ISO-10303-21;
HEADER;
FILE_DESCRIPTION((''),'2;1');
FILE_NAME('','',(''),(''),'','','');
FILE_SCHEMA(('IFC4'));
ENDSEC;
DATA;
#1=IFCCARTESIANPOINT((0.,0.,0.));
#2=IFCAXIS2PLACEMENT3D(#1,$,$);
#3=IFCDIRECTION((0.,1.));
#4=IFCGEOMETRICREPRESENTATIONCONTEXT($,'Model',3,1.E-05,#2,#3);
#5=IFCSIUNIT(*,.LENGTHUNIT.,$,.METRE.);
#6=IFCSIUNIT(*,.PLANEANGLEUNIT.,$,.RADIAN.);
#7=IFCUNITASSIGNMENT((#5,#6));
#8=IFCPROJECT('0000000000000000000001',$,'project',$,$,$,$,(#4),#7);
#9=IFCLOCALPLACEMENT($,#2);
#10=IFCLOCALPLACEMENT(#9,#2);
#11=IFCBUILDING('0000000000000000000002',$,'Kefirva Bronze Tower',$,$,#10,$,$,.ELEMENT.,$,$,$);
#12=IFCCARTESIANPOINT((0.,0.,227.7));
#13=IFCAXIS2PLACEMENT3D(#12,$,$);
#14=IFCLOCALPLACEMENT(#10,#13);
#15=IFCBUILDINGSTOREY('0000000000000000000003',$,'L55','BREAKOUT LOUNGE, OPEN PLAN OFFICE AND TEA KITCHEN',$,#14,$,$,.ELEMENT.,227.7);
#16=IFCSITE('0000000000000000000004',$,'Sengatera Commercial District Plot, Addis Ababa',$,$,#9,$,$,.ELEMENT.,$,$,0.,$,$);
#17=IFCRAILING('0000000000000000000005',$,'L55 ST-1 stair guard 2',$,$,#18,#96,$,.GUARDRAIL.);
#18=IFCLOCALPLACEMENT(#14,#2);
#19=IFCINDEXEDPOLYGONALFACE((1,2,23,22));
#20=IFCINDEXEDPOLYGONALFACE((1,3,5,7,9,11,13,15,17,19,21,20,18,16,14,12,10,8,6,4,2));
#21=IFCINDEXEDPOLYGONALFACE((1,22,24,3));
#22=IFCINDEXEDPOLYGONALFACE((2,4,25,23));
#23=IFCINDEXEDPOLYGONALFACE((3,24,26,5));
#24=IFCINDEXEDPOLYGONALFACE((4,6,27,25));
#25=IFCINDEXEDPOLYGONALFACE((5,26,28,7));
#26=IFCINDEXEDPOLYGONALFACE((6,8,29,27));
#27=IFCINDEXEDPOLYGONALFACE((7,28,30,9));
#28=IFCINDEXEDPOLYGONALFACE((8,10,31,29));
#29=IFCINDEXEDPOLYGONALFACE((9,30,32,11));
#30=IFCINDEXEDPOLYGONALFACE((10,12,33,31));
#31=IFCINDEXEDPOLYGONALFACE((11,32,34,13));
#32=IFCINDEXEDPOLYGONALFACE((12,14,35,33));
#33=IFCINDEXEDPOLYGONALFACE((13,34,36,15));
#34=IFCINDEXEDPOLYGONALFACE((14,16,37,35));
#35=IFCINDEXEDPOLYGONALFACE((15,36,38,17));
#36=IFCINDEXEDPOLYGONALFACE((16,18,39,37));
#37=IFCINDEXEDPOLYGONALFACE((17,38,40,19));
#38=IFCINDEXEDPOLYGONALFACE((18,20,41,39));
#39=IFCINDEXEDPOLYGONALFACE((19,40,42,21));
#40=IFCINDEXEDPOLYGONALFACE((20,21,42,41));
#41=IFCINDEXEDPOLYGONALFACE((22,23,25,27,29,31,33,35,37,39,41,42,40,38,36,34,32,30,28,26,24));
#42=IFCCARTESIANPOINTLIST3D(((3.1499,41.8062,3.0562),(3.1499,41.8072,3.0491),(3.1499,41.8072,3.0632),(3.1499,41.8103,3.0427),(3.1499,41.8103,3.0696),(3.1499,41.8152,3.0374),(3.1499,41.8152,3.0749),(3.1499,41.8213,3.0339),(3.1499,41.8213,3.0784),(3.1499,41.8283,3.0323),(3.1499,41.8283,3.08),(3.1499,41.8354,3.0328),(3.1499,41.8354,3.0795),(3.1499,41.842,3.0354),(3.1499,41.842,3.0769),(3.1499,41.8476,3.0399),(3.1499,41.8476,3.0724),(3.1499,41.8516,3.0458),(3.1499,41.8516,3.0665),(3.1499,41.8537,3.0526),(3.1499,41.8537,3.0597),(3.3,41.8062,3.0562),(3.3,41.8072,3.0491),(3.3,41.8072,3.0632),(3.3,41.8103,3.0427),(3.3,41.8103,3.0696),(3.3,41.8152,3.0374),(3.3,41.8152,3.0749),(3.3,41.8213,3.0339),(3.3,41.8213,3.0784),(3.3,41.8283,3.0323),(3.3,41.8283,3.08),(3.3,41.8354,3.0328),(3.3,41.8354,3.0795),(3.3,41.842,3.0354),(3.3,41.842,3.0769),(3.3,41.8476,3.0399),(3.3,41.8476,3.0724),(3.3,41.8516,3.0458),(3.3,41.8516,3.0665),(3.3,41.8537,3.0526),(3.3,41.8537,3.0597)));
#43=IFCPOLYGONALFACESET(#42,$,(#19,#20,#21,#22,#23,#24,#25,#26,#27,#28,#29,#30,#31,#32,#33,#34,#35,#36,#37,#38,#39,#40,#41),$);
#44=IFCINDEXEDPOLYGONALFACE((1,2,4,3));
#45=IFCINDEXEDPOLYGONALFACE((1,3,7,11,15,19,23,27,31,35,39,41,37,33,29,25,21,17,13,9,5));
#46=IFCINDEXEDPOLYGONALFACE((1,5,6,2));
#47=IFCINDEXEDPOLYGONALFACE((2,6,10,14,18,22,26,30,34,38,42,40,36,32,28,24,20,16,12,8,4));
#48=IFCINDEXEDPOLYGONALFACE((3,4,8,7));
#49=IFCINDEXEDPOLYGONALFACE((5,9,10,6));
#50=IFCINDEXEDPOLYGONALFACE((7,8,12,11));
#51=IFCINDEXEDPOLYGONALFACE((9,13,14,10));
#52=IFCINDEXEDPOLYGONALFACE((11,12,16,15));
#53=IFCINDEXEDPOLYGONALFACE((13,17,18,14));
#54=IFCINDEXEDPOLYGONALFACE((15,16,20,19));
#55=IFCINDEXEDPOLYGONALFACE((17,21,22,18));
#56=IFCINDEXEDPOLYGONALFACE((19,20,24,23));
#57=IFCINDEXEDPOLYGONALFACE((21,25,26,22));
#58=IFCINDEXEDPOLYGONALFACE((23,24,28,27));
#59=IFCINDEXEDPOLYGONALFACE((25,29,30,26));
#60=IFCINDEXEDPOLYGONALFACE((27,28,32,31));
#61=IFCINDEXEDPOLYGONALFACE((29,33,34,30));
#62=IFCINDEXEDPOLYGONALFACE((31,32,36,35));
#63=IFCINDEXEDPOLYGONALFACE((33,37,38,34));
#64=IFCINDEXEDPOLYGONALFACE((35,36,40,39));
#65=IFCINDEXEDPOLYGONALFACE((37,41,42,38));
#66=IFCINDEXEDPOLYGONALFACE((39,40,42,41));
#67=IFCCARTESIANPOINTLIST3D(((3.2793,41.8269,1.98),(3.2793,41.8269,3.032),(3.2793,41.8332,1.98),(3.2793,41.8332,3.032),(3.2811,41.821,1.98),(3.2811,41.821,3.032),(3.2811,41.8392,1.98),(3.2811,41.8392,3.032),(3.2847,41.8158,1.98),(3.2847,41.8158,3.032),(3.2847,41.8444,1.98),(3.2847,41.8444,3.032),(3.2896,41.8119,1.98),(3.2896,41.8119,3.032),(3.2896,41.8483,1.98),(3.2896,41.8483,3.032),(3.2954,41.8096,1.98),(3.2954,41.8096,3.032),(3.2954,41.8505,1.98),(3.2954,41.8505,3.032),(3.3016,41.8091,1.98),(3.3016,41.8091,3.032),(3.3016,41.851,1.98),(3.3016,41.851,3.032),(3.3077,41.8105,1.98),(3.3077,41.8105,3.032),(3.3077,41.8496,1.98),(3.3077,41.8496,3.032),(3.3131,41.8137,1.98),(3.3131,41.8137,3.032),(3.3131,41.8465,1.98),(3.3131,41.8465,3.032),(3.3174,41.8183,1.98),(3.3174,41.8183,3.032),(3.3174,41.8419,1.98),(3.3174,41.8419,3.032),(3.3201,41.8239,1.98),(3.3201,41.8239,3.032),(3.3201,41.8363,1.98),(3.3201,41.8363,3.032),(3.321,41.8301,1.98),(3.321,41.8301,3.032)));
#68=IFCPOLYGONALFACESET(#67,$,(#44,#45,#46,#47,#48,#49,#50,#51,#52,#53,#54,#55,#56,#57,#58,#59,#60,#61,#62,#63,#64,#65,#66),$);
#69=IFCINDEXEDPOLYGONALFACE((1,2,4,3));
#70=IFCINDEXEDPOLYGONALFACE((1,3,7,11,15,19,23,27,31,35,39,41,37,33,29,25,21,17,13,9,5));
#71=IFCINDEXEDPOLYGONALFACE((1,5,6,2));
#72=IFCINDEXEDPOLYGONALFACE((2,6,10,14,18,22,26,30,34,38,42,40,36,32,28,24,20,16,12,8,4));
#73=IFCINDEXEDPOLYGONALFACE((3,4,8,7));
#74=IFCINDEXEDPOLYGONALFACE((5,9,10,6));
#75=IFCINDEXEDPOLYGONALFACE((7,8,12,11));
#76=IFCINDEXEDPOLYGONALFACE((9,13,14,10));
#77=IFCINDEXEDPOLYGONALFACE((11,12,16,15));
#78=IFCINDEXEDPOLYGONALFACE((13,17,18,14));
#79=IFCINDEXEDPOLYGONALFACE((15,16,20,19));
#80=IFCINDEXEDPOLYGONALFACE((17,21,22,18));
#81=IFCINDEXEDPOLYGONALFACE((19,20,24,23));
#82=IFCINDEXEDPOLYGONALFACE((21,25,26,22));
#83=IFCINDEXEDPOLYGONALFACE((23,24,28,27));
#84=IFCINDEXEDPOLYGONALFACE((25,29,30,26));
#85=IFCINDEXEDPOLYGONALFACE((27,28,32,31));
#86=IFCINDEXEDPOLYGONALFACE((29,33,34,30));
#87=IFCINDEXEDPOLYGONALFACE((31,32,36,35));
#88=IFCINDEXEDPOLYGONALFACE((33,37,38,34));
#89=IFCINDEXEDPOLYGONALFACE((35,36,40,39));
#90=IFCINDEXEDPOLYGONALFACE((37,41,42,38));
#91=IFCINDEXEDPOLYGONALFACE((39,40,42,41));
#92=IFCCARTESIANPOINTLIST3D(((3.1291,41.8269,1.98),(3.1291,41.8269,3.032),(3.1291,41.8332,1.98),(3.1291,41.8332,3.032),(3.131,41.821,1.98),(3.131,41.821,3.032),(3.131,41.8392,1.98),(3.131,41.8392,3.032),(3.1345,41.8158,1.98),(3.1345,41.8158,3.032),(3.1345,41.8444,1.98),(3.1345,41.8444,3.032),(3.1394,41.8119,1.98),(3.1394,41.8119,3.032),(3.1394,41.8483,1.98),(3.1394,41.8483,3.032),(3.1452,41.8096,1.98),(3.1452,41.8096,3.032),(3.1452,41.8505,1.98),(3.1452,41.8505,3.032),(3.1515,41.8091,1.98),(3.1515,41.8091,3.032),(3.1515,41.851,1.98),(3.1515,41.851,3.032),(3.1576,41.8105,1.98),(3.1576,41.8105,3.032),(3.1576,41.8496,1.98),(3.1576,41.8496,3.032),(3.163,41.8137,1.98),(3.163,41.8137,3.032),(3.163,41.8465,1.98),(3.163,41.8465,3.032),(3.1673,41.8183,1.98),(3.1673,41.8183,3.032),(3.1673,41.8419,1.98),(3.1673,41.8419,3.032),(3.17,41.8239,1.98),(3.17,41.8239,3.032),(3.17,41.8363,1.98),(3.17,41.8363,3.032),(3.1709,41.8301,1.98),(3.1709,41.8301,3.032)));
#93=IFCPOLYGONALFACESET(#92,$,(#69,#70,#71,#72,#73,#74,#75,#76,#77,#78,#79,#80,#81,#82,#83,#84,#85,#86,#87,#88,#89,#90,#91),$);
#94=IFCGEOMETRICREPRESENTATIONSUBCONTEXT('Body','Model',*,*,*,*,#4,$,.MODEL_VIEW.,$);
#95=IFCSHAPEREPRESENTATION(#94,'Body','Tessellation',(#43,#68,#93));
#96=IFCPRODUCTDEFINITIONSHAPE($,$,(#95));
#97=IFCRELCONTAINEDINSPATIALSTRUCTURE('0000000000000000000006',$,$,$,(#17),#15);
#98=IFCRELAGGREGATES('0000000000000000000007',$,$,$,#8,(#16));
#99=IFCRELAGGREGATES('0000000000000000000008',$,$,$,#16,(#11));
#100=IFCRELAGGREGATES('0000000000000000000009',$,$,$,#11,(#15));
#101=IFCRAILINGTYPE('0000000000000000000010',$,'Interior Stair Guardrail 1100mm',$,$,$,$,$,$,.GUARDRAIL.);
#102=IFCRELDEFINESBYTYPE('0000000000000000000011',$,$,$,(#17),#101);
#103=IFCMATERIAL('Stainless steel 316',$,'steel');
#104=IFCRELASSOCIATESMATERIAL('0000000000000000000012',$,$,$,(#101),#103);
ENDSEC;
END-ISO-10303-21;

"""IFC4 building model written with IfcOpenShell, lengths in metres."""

from ifc_helpers import new_model, si_unit, direction, frame, origin, origin_2d, place, context, subcontext, project, spatial, circle, extrude, material, type_object, element, save


model = new_model("IFC4")

# Units and contexts
model_context = context("Model", 3, precision=1e-05, world=origin(), true_north=direction((0.0, 1.0)))
body_context = subcontext(model_context, "Body", "Model", "MODEL_VIEW")
ifc_project = project(units=[si_unit("LENGTHUNIT", "METRE"), si_unit("PLANEANGLEUNIT", "RADIAN")], contexts=[model_context])

# Site, building, storey
site_placement = place(None, origin())
site = spatial("IfcSite", under=ifc_project, at=site_placement, Name="Sengatera Commercial District Plot, Addis Ababa", CompositionType="ELEMENT", RefElevation=0.0)
building_placement = place(site_placement, origin())
building = spatial("IfcBuilding", under=site, at=building_placement, Name="Kefirva Bronze Tower", CompositionType="ELEMENT")
storey_placement = place(building_placement, frame((0.0, 0.0, 227.7)))
storey = spatial("IfcBuildingStorey", under=building, at=storey_placement, Name="L55", Description="BREAKOUT LOUNGE, OPEN PLAN OFFICE AND TEA KITCHEN", CompositionType="ELEMENT", Elevation=227.7)

# Railing
ifc_material_1 = material(Name="Stainless steel 316", Category="steel")
railing_type_1 = type_object("IfcRailingType", Name="Interior Stair Guardrail 1100mm", PredefinedType="GUARDRAIL", material=ifc_material_1)
railing_1_placement = place(storey_placement, frame((3.3, 41.8301, 1.98)))
element("IfcRailing", 1, at=railing_1_placement, inside=storey, type_object=railing_type_1, Name="L55 ST-1 stair guard 2", PredefinedType="GUARDRAIL", context=body_context, shape_type="SweptSolid", body=[
    extrude(circle(Radius=0.0239, at=origin_2d()), frame((0.0, 0.0, 1.0762), z_axis=(-1.0, 0.0, 0.0), x_axis=(0.0, -1.0, 0.0)), (0.0, 0.0, 1.0), 0.1501),
    extrude(circle(Radius=0.021, at=origin_2d()), origin(), (0.0, 0.0, 1.0), 1.052),
    extrude(circle(Radius=0.021, at=origin_2d()), frame((-0.1501, 0.0, 0.0)), (0.0, 0.0, 1.0), 1.052),
])

save(model, "model.ifc")
